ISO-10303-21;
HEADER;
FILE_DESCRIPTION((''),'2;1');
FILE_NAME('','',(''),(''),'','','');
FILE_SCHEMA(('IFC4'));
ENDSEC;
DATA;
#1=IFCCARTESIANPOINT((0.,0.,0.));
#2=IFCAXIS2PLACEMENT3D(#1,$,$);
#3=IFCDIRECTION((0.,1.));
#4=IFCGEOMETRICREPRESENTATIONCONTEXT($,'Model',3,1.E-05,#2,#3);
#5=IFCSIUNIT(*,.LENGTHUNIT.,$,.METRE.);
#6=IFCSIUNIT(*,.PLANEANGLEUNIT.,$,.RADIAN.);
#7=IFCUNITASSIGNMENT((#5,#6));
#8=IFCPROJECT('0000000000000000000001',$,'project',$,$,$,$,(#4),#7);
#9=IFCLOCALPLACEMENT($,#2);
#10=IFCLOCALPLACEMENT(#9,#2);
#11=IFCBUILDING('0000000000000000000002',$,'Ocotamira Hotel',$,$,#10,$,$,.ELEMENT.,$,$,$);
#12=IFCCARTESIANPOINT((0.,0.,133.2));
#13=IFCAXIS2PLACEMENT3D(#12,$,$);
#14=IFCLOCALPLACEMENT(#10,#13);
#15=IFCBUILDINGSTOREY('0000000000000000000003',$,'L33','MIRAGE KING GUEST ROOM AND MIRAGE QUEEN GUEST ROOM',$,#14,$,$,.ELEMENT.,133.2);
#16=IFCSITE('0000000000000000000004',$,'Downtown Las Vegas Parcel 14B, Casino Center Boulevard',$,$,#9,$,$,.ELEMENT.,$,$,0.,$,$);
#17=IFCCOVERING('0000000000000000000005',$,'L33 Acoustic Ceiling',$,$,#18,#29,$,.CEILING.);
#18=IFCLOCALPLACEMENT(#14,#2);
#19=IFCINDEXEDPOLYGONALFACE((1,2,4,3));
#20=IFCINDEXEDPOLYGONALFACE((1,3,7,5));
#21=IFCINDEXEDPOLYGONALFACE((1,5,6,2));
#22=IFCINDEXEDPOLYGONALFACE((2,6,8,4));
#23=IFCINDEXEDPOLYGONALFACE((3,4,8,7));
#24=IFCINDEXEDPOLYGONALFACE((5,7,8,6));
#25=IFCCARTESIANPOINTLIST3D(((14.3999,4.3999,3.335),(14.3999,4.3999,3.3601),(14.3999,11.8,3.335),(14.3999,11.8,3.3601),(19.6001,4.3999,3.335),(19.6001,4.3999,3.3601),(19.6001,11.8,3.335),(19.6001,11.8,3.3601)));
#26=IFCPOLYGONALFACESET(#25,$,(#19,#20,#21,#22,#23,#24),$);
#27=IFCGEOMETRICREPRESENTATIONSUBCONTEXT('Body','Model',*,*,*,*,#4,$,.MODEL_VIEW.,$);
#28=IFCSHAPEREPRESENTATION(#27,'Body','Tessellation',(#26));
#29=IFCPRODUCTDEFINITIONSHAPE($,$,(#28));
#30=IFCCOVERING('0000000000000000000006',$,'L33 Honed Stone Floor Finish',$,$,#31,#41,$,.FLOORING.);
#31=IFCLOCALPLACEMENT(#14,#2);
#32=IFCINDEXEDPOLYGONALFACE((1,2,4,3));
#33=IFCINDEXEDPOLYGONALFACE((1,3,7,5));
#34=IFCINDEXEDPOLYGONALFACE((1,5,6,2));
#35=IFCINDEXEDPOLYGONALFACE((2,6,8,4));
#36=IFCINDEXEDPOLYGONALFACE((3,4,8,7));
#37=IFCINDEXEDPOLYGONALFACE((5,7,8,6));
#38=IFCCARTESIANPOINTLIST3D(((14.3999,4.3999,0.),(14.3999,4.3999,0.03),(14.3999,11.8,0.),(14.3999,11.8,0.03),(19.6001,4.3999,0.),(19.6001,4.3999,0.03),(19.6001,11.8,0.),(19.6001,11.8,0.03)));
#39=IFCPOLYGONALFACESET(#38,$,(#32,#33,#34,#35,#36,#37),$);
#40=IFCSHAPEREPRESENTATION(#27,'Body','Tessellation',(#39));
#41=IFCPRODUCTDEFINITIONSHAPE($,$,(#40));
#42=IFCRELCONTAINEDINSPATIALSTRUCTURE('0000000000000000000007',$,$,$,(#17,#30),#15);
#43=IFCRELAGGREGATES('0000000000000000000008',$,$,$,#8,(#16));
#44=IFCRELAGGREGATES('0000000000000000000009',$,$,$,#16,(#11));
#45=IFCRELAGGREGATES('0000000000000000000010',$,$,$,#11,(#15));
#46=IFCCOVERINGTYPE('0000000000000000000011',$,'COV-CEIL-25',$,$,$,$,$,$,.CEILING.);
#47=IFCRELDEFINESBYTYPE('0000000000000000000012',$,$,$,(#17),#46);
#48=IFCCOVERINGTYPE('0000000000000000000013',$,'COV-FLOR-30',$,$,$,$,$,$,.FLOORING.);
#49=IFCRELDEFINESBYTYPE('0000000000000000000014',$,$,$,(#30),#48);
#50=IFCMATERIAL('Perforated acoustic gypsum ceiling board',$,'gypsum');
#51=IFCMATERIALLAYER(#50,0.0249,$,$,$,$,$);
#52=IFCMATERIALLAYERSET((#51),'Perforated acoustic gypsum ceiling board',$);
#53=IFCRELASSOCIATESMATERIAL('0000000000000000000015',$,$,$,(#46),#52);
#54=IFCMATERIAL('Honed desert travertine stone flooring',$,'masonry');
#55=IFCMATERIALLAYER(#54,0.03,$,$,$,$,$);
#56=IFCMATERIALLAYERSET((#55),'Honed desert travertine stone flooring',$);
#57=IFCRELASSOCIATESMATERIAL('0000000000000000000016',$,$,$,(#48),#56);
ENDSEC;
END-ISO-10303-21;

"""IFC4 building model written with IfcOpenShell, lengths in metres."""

from ifc_helpers import new_model, si_unit, direction, frame, origin, place, context, subcontext, project, spatial, polyline, outline, extrude, material, layer, layer_set, type_object, element, save


model = new_model("IFC4")

# Units and contexts
model_context = context("Model", 3, precision=1e-05, world=origin(), true_north=direction((0.0, 1.0)))
body_context = subcontext(model_context, "Body", "Model", "MODEL_VIEW")
ifc_project = project(units=[si_unit("LENGTHUNIT", "METRE"), si_unit("PLANEANGLEUNIT", "RADIAN")], contexts=[model_context])

# Site, building, storey
site_placement = place(None, origin())
site = spatial("IfcSite", under=ifc_project, at=site_placement, Name="Downtown Las Vegas Parcel 14B, Casino Center Boulevard", CompositionType="ELEMENT", RefElevation=0.0)
building_placement = place(site_placement, origin())
building = spatial("IfcBuilding", under=site, at=building_placement, Name="Ocotamira Hotel", CompositionType="ELEMENT")
storey_placement = place(building_placement, frame((0.0, 0.0, 133.2)))
storey = spatial("IfcBuildingStorey", under=building, at=storey_placement, Name="L33", Description="MIRAGE KING GUEST ROOM AND MIRAGE QUEEN GUEST ROOM", CompositionType="ELEMENT", Elevation=133.2)

# Coverings
ifc_material_1 = material(Name="Perforated acoustic gypsum ceiling board", Category="gypsum")
ifc_layer_1 = layer(ifc_material_1, 0.0249)
ifc_layer_set_1 = layer_set([ifc_layer_1], Name="Perforated acoustic gypsum ceiling board")
covering_type_1 = type_object("IfcCoveringType", Name="COV-CEIL-25", PredefinedType="CEILING", material=ifc_layer_set_1)
covering_1_placement = place(storey_placement, frame((0.0, 0.0, 3.335)))
element("IfcCovering", 1, at=covering_1_placement, inside=storey, type_object=covering_type_1, Name="L33 Acoustic Ceiling", PredefinedType="CEILING", context=body_context, shape_type="SweptSolid", body=[
    extrude(outline(polyline([(14.3999, 4.3999), (19.6001, 4.3999), (19.6001, 11.8), (14.3999, 11.8), (14.3999, 4.3999)])), origin(), (0.0, 0.0, 1.0), 0.0251),
])
ifc_material_2 = material(Name="Honed desert travertine stone flooring", Category="masonry")
ifc_layer_2 = layer(ifc_material_2, 0.03)
ifc_layer_set_2 = layer_set([ifc_layer_2], Name="Honed desert travertine stone flooring")
covering_type_2 = type_object("IfcCoveringType", Name="COV-FLOR-30", PredefinedType="FLOORING", material=ifc_layer_set_2)
covering_2_placement = place(storey_placement, origin())
element("IfcCovering", 2, at=covering_2_placement, inside=storey, type_object=covering_type_2, Name="L33 Honed Stone Floor Finish", PredefinedType="FLOORING", context=body_context, shape_type="SweptSolid", body=[
    extrude(outline(polyline([(14.3999, 4.3999), (19.6001, 4.3999), (19.6001, 11.8), (14.3999, 11.8), (14.3999, 4.3999)])), origin(), (0.0, 0.0, 1.0), 0.03),
])

save(model, "model.ifc")
